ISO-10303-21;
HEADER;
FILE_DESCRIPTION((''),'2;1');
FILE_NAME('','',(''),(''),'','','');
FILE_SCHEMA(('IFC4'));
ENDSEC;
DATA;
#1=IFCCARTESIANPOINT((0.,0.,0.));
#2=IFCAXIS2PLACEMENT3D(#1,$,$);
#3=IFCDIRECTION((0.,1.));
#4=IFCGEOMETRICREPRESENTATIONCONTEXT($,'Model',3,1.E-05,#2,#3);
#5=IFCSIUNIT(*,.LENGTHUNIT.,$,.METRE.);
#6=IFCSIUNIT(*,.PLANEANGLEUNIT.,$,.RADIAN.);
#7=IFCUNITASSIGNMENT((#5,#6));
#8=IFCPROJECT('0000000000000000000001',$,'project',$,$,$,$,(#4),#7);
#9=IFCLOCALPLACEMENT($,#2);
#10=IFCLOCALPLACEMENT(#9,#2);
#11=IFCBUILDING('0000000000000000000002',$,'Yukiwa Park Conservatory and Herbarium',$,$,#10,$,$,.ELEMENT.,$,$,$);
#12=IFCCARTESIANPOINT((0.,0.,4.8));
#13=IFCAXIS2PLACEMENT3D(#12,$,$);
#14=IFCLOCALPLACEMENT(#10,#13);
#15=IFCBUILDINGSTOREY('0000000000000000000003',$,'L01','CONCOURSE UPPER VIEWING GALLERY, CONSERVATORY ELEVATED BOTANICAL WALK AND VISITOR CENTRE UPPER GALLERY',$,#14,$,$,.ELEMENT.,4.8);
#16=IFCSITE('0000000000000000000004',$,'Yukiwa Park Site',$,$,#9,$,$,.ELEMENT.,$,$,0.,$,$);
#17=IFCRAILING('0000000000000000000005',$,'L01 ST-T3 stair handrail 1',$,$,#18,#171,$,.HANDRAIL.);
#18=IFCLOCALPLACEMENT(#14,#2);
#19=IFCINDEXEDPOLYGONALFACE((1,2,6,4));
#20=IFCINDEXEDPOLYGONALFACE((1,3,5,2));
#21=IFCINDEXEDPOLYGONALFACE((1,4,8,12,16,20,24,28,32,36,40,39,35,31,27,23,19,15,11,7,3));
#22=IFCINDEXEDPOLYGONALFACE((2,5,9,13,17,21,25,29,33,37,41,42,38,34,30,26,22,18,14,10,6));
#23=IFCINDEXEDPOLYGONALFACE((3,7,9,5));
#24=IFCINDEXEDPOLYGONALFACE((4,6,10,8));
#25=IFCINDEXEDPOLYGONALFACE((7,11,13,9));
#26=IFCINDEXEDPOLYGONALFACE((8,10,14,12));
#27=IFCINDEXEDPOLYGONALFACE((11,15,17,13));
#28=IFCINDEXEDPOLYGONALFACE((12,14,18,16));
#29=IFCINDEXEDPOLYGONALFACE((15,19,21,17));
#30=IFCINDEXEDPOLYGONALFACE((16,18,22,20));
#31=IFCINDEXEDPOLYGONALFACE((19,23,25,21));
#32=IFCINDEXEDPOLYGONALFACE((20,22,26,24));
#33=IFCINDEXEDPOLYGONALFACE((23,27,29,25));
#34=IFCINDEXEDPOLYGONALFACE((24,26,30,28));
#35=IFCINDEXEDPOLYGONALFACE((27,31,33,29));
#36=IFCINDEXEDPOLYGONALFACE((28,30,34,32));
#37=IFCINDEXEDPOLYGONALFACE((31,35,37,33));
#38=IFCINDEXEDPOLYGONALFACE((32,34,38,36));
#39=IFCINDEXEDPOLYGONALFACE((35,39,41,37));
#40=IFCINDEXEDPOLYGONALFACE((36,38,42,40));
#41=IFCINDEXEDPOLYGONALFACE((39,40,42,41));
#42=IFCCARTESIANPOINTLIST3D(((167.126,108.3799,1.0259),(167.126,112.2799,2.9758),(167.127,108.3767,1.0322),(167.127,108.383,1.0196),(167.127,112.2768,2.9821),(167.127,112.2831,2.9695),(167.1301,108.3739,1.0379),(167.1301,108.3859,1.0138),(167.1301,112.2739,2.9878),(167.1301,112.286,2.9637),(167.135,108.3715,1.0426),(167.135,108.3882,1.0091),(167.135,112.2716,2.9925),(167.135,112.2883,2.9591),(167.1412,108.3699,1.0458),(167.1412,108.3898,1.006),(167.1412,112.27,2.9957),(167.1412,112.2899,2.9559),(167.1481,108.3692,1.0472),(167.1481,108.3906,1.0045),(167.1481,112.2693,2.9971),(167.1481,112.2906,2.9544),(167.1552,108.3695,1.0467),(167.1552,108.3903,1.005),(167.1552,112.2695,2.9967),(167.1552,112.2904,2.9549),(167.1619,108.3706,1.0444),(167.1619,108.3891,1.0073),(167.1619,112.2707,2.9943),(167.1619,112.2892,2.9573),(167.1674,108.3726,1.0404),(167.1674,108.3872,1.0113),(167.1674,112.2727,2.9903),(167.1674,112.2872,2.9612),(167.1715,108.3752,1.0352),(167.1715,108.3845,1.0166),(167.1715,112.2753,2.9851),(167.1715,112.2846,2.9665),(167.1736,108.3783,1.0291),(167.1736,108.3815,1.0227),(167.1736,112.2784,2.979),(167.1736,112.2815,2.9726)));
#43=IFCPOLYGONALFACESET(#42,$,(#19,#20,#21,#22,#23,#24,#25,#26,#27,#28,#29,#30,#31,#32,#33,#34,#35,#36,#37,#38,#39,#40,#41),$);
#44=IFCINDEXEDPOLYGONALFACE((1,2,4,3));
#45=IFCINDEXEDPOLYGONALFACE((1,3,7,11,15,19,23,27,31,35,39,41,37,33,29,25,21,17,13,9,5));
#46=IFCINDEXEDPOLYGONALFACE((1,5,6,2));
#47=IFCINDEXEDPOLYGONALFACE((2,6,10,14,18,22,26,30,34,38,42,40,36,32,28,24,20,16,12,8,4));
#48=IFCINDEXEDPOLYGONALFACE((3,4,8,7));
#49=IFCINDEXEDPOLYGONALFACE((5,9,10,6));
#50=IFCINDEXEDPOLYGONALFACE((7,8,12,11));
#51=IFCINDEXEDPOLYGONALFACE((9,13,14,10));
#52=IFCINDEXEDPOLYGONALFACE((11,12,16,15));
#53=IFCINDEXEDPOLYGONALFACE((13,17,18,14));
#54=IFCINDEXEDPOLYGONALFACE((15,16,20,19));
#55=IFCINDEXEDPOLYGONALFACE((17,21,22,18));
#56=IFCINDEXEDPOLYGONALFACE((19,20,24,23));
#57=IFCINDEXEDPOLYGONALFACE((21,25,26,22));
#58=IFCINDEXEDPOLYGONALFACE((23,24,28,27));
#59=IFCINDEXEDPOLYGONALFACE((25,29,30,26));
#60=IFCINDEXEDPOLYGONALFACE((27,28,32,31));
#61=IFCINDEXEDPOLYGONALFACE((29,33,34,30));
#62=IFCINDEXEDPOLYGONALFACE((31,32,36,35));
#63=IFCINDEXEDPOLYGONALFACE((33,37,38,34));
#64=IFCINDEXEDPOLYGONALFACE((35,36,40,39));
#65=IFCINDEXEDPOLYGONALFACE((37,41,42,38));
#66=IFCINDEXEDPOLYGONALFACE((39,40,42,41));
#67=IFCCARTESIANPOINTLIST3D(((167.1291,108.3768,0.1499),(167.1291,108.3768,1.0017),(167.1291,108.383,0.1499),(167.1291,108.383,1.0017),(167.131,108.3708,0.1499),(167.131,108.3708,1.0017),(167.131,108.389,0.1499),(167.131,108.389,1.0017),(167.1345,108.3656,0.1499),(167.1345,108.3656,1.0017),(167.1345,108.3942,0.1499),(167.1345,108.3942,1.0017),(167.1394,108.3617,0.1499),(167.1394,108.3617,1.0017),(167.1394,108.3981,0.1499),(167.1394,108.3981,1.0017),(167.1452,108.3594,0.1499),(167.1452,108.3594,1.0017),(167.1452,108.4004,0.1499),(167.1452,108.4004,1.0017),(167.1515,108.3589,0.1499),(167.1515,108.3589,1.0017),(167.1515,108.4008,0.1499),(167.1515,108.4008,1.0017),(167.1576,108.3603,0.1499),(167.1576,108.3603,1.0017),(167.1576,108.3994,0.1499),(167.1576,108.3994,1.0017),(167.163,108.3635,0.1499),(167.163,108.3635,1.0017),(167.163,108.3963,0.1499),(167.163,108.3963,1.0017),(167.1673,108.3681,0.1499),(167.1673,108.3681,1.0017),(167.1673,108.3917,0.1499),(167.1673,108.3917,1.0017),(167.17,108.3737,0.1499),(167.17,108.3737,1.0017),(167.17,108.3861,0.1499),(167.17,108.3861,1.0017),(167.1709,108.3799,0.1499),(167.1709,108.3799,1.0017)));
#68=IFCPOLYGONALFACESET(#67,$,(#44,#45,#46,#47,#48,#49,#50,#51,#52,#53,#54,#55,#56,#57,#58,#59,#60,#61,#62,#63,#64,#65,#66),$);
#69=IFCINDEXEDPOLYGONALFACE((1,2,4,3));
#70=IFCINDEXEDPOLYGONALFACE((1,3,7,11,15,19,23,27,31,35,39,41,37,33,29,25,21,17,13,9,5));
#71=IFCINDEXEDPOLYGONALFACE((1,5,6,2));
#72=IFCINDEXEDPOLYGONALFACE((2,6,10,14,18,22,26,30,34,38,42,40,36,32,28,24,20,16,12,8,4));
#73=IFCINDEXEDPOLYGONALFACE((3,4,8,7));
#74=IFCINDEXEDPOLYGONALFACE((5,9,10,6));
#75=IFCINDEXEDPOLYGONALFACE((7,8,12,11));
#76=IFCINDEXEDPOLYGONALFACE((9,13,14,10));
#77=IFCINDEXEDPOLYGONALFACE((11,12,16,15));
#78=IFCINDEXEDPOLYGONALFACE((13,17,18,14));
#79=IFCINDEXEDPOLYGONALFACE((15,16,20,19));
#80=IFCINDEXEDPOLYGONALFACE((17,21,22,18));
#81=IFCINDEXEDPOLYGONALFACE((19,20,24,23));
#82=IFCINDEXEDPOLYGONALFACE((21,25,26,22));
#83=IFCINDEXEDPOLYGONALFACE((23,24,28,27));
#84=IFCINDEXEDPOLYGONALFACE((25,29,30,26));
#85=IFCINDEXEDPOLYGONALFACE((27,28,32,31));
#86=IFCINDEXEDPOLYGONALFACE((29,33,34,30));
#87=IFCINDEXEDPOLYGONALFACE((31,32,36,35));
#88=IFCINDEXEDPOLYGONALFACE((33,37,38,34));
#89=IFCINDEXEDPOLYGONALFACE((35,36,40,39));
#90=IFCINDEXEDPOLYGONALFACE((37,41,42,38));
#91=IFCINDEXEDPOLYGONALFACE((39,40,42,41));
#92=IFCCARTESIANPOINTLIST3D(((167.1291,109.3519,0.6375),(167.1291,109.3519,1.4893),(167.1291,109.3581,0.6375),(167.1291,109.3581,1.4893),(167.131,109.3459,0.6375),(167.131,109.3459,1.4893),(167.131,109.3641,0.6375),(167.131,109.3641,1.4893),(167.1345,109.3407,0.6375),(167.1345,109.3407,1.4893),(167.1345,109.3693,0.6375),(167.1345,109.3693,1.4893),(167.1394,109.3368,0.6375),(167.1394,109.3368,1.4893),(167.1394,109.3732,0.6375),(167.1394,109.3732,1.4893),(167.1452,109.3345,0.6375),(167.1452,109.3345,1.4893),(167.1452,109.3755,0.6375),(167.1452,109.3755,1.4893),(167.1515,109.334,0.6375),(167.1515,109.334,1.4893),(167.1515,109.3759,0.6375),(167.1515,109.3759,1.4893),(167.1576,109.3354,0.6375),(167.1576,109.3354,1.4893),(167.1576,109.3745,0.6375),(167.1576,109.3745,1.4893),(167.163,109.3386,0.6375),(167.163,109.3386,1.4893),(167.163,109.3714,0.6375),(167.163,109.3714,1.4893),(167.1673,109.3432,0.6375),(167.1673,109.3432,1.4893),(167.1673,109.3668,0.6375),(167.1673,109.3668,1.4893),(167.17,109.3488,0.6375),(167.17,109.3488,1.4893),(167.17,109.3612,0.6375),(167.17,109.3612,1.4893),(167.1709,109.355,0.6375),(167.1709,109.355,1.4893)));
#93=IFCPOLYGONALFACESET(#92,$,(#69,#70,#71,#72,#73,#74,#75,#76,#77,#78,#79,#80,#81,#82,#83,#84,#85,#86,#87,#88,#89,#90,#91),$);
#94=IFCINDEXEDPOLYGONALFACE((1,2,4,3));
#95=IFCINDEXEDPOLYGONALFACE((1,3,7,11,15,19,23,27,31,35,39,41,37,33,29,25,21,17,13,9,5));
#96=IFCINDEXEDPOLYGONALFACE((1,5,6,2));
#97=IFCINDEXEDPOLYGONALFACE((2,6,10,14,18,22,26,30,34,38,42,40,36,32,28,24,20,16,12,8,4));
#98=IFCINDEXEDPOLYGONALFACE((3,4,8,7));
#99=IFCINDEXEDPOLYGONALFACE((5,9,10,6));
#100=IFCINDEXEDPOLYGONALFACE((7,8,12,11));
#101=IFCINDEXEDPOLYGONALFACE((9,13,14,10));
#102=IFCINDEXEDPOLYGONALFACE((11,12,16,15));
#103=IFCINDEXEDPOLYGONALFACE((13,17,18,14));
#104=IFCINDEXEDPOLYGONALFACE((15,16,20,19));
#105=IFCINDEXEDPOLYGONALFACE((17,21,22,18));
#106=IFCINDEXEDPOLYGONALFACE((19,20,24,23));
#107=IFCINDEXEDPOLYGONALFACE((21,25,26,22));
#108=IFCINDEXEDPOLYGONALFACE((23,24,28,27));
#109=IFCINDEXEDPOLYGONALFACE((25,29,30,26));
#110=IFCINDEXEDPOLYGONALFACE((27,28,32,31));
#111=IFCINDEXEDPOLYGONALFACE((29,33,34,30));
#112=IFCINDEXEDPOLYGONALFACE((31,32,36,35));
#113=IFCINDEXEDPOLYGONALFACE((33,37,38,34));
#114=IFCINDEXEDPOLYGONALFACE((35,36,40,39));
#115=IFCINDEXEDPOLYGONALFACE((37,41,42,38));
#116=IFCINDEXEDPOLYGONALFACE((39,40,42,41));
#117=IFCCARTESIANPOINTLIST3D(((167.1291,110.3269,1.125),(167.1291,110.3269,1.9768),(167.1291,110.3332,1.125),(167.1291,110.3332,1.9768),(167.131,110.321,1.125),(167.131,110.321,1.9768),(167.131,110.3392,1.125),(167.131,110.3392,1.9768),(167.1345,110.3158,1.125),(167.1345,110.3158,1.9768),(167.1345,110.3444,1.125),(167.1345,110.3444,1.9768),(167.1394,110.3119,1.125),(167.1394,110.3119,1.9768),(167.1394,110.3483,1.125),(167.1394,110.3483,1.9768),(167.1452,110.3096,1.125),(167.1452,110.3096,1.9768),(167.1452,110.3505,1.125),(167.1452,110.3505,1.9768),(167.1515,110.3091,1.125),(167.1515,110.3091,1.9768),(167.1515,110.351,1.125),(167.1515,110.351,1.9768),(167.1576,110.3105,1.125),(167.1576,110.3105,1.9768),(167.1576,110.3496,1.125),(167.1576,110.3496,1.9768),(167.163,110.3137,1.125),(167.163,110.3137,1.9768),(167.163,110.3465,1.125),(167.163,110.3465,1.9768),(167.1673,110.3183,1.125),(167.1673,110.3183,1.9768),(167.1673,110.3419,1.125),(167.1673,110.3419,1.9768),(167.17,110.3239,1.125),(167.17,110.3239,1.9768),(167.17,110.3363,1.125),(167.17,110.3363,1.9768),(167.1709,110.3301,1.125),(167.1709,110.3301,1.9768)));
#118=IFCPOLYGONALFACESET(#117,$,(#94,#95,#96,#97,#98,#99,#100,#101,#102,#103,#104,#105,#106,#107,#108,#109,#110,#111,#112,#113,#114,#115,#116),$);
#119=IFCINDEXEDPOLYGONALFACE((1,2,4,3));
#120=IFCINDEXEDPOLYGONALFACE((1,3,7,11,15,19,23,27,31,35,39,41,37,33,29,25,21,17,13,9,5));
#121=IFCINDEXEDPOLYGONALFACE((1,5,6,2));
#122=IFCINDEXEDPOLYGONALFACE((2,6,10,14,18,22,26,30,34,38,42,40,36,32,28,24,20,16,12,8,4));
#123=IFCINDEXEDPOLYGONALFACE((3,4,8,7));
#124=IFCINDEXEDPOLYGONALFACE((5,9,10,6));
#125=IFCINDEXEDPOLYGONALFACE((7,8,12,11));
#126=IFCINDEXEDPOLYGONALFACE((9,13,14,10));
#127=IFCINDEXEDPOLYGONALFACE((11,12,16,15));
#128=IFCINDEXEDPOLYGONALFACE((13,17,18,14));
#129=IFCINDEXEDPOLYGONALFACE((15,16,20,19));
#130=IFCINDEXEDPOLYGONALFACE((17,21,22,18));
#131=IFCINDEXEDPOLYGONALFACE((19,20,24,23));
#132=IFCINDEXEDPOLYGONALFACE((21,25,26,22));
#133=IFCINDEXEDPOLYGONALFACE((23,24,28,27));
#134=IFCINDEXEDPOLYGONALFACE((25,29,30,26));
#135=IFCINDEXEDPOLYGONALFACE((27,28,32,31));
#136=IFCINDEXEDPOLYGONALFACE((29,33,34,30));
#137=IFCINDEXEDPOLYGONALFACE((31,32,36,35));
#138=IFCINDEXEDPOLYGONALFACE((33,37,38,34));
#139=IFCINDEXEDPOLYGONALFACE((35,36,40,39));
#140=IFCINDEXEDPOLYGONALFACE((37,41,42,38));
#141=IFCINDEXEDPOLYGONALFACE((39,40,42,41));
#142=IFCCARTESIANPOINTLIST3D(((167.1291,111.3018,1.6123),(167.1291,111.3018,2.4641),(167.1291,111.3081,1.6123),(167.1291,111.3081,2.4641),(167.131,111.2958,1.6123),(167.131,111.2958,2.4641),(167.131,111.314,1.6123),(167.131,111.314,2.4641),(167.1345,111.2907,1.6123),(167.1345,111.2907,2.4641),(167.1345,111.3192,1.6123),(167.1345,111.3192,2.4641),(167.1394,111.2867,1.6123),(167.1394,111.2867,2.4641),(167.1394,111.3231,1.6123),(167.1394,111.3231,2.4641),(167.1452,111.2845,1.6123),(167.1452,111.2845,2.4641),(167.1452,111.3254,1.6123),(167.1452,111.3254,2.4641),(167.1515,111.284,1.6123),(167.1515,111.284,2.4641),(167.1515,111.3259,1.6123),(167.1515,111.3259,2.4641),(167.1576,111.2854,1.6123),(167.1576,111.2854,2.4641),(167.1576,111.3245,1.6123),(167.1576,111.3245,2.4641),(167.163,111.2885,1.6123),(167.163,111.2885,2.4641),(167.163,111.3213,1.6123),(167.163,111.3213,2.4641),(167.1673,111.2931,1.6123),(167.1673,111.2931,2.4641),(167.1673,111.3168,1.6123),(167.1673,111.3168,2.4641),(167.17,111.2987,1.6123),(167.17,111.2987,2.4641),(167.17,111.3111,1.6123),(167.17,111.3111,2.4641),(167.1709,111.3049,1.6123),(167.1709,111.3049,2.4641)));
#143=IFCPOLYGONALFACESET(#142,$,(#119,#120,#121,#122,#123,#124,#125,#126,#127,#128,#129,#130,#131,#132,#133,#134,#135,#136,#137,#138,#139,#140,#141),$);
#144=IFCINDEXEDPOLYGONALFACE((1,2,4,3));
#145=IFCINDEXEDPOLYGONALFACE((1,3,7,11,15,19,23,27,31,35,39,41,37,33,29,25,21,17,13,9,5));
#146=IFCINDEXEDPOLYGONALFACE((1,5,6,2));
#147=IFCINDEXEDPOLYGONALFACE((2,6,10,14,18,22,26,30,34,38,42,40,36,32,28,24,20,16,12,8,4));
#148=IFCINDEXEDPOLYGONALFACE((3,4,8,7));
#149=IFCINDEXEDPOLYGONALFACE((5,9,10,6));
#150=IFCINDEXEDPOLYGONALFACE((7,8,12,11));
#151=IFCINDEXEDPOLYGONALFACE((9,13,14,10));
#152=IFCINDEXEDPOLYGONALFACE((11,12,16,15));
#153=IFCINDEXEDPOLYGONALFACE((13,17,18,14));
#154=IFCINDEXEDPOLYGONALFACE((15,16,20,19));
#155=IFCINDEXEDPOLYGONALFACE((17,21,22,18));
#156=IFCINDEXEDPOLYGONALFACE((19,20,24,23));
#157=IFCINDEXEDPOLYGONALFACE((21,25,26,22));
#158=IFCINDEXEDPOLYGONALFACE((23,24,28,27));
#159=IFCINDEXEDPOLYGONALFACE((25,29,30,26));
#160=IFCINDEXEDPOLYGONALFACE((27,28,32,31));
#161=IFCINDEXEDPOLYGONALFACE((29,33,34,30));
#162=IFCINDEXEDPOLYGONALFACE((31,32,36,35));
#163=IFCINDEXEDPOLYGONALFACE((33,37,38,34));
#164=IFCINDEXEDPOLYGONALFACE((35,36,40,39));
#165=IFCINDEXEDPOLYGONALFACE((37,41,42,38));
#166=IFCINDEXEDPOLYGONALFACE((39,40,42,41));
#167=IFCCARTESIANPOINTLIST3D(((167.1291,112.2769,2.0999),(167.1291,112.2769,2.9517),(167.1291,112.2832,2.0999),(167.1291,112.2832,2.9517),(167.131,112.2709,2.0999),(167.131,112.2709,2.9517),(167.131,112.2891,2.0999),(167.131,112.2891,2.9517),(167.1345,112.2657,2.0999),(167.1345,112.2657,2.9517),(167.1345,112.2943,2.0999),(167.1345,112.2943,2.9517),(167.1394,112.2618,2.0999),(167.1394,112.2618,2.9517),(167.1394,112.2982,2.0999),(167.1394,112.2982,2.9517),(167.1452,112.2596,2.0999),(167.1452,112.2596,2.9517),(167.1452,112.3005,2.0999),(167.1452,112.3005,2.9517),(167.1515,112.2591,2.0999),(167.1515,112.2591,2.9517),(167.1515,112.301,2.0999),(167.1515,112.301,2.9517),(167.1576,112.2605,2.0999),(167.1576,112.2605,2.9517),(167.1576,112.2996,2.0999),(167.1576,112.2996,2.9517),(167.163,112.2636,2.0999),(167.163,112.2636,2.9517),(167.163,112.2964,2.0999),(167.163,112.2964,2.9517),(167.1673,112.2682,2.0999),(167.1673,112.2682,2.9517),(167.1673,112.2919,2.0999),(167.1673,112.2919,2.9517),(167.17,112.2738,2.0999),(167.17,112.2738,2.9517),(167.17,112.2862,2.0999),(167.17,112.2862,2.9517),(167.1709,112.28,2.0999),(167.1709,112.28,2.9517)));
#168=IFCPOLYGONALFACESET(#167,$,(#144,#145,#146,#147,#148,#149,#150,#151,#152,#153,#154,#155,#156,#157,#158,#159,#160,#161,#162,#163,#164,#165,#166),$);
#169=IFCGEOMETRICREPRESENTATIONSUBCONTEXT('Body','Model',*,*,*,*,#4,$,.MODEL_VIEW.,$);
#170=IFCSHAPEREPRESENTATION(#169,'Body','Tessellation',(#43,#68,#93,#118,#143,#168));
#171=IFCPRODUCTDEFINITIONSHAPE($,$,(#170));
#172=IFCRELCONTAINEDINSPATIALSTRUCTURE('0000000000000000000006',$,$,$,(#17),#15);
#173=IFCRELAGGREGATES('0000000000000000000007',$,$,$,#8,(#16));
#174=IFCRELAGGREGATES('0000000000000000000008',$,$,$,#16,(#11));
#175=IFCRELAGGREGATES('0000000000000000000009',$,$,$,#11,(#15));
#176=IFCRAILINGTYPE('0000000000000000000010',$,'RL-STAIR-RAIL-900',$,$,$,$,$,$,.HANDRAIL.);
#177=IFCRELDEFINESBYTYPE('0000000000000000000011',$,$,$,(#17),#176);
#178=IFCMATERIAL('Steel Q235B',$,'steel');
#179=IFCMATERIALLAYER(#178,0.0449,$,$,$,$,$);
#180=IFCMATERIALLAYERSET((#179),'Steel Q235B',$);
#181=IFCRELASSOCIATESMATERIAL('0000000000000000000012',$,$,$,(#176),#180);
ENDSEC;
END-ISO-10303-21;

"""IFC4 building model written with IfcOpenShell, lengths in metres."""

from ifc_helpers import new_model, si_unit, direction, frame, origin, origin_2d, place, context, subcontext, project, spatial, circle, extrude, material, layer, layer_set, type_object, element, save


model = new_model("IFC4")

# Units and contexts
model_context = context("Model", 3, precision=1e-05, world=origin(), true_north=direction((0.0, 1.0)))
body_context = subcontext(model_context, "Body", "Model", "MODEL_VIEW")
ifc_project = project(units=[si_unit("LENGTHUNIT", "METRE"), si_unit("PLANEANGLEUNIT", "RADIAN")], contexts=[model_context])

# Site, building, storey
site_placement = place(None, origin())
site = spatial("IfcSite", under=ifc_project, at=site_placement, Name="Yukiwa Park Site", CompositionType="ELEMENT", RefElevation=0.0)
building_placement = place(site_placement, origin())
building = spatial("IfcBuilding", under=site, at=building_placement, Name="Yukiwa Park Conservatory and Herbarium", CompositionType="ELEMENT")
storey_placement = place(building_placement, frame((0.0, 0.0, 4.8)))
storey = spatial("IfcBuildingStorey", under=building, at=storey_placement, Name="L01", Description="CONCOURSE UPPER VIEWING GALLERY, CONSERVATORY ELEVATED BOTANICAL WALK AND VISITOR CENTRE UPPER GALLERY", CompositionType="ELEMENT", Elevation=4.8)

# Railing
ifc_material_1 = material(Name="Steel Q235B", Category="steel")
ifc_layer_1 = layer(ifc_material_1, 0.0449)
ifc_layer_set_1 = layer_set([ifc_layer_1], Name="Steel Q235B")
railing_type_1 = type_object("IfcRailingType", Name="RL-STAIR-RAIL-900", PredefinedType="HANDRAIL", material=ifc_layer_set_1)
railing_1_placement = place(storey_placement, frame((167.1499, 108.3799, 0.1499)))
element("IfcRailing", 1, at=railing_1_placement, inside=storey, type_object=railing_type_1, Name="L01 ST-T3 stair handrail 1", PredefinedType="HANDRAIL", context=body_context, shape_type="SweptSolid", body=[
    extrude(circle(Radius=0.0239, at=origin_2d()), frame((0.0, 0.0, 0.876), z_axis=(0.0, 0.894438, 0.447191), x_axis=(-1.0, 0.0, 0.0)), (0.0, 0.0, 1.0), 4.3604),
    extrude(circle(Radius=0.021, at=origin_2d()), origin(), (0.0, 0.0, 1.0), 0.8518),
    extrude(circle(Radius=0.021, at=origin_2d()), frame((0.0, 0.9751, 0.4875)), (0.0, 0.0, 1.0), 0.8518),
    extrude(circle(Radius=0.021, at=origin_2d()), frame((0.0, 1.9502, 0.9751)), (0.0, 0.0, 1.0), 0.8518),
    extrude(circle(Radius=0.021, at=origin_2d()), frame((0.0, 2.925, 1.4624)), (0.0, 0.0, 1.0), 0.8518),
    extrude(circle(Radius=0.021, at=origin_2d()), frame((0.0, 3.9001, 1.95)), (0.0, 0.0, 1.0), 0.8518),
])

save(model, "model.ifc")
